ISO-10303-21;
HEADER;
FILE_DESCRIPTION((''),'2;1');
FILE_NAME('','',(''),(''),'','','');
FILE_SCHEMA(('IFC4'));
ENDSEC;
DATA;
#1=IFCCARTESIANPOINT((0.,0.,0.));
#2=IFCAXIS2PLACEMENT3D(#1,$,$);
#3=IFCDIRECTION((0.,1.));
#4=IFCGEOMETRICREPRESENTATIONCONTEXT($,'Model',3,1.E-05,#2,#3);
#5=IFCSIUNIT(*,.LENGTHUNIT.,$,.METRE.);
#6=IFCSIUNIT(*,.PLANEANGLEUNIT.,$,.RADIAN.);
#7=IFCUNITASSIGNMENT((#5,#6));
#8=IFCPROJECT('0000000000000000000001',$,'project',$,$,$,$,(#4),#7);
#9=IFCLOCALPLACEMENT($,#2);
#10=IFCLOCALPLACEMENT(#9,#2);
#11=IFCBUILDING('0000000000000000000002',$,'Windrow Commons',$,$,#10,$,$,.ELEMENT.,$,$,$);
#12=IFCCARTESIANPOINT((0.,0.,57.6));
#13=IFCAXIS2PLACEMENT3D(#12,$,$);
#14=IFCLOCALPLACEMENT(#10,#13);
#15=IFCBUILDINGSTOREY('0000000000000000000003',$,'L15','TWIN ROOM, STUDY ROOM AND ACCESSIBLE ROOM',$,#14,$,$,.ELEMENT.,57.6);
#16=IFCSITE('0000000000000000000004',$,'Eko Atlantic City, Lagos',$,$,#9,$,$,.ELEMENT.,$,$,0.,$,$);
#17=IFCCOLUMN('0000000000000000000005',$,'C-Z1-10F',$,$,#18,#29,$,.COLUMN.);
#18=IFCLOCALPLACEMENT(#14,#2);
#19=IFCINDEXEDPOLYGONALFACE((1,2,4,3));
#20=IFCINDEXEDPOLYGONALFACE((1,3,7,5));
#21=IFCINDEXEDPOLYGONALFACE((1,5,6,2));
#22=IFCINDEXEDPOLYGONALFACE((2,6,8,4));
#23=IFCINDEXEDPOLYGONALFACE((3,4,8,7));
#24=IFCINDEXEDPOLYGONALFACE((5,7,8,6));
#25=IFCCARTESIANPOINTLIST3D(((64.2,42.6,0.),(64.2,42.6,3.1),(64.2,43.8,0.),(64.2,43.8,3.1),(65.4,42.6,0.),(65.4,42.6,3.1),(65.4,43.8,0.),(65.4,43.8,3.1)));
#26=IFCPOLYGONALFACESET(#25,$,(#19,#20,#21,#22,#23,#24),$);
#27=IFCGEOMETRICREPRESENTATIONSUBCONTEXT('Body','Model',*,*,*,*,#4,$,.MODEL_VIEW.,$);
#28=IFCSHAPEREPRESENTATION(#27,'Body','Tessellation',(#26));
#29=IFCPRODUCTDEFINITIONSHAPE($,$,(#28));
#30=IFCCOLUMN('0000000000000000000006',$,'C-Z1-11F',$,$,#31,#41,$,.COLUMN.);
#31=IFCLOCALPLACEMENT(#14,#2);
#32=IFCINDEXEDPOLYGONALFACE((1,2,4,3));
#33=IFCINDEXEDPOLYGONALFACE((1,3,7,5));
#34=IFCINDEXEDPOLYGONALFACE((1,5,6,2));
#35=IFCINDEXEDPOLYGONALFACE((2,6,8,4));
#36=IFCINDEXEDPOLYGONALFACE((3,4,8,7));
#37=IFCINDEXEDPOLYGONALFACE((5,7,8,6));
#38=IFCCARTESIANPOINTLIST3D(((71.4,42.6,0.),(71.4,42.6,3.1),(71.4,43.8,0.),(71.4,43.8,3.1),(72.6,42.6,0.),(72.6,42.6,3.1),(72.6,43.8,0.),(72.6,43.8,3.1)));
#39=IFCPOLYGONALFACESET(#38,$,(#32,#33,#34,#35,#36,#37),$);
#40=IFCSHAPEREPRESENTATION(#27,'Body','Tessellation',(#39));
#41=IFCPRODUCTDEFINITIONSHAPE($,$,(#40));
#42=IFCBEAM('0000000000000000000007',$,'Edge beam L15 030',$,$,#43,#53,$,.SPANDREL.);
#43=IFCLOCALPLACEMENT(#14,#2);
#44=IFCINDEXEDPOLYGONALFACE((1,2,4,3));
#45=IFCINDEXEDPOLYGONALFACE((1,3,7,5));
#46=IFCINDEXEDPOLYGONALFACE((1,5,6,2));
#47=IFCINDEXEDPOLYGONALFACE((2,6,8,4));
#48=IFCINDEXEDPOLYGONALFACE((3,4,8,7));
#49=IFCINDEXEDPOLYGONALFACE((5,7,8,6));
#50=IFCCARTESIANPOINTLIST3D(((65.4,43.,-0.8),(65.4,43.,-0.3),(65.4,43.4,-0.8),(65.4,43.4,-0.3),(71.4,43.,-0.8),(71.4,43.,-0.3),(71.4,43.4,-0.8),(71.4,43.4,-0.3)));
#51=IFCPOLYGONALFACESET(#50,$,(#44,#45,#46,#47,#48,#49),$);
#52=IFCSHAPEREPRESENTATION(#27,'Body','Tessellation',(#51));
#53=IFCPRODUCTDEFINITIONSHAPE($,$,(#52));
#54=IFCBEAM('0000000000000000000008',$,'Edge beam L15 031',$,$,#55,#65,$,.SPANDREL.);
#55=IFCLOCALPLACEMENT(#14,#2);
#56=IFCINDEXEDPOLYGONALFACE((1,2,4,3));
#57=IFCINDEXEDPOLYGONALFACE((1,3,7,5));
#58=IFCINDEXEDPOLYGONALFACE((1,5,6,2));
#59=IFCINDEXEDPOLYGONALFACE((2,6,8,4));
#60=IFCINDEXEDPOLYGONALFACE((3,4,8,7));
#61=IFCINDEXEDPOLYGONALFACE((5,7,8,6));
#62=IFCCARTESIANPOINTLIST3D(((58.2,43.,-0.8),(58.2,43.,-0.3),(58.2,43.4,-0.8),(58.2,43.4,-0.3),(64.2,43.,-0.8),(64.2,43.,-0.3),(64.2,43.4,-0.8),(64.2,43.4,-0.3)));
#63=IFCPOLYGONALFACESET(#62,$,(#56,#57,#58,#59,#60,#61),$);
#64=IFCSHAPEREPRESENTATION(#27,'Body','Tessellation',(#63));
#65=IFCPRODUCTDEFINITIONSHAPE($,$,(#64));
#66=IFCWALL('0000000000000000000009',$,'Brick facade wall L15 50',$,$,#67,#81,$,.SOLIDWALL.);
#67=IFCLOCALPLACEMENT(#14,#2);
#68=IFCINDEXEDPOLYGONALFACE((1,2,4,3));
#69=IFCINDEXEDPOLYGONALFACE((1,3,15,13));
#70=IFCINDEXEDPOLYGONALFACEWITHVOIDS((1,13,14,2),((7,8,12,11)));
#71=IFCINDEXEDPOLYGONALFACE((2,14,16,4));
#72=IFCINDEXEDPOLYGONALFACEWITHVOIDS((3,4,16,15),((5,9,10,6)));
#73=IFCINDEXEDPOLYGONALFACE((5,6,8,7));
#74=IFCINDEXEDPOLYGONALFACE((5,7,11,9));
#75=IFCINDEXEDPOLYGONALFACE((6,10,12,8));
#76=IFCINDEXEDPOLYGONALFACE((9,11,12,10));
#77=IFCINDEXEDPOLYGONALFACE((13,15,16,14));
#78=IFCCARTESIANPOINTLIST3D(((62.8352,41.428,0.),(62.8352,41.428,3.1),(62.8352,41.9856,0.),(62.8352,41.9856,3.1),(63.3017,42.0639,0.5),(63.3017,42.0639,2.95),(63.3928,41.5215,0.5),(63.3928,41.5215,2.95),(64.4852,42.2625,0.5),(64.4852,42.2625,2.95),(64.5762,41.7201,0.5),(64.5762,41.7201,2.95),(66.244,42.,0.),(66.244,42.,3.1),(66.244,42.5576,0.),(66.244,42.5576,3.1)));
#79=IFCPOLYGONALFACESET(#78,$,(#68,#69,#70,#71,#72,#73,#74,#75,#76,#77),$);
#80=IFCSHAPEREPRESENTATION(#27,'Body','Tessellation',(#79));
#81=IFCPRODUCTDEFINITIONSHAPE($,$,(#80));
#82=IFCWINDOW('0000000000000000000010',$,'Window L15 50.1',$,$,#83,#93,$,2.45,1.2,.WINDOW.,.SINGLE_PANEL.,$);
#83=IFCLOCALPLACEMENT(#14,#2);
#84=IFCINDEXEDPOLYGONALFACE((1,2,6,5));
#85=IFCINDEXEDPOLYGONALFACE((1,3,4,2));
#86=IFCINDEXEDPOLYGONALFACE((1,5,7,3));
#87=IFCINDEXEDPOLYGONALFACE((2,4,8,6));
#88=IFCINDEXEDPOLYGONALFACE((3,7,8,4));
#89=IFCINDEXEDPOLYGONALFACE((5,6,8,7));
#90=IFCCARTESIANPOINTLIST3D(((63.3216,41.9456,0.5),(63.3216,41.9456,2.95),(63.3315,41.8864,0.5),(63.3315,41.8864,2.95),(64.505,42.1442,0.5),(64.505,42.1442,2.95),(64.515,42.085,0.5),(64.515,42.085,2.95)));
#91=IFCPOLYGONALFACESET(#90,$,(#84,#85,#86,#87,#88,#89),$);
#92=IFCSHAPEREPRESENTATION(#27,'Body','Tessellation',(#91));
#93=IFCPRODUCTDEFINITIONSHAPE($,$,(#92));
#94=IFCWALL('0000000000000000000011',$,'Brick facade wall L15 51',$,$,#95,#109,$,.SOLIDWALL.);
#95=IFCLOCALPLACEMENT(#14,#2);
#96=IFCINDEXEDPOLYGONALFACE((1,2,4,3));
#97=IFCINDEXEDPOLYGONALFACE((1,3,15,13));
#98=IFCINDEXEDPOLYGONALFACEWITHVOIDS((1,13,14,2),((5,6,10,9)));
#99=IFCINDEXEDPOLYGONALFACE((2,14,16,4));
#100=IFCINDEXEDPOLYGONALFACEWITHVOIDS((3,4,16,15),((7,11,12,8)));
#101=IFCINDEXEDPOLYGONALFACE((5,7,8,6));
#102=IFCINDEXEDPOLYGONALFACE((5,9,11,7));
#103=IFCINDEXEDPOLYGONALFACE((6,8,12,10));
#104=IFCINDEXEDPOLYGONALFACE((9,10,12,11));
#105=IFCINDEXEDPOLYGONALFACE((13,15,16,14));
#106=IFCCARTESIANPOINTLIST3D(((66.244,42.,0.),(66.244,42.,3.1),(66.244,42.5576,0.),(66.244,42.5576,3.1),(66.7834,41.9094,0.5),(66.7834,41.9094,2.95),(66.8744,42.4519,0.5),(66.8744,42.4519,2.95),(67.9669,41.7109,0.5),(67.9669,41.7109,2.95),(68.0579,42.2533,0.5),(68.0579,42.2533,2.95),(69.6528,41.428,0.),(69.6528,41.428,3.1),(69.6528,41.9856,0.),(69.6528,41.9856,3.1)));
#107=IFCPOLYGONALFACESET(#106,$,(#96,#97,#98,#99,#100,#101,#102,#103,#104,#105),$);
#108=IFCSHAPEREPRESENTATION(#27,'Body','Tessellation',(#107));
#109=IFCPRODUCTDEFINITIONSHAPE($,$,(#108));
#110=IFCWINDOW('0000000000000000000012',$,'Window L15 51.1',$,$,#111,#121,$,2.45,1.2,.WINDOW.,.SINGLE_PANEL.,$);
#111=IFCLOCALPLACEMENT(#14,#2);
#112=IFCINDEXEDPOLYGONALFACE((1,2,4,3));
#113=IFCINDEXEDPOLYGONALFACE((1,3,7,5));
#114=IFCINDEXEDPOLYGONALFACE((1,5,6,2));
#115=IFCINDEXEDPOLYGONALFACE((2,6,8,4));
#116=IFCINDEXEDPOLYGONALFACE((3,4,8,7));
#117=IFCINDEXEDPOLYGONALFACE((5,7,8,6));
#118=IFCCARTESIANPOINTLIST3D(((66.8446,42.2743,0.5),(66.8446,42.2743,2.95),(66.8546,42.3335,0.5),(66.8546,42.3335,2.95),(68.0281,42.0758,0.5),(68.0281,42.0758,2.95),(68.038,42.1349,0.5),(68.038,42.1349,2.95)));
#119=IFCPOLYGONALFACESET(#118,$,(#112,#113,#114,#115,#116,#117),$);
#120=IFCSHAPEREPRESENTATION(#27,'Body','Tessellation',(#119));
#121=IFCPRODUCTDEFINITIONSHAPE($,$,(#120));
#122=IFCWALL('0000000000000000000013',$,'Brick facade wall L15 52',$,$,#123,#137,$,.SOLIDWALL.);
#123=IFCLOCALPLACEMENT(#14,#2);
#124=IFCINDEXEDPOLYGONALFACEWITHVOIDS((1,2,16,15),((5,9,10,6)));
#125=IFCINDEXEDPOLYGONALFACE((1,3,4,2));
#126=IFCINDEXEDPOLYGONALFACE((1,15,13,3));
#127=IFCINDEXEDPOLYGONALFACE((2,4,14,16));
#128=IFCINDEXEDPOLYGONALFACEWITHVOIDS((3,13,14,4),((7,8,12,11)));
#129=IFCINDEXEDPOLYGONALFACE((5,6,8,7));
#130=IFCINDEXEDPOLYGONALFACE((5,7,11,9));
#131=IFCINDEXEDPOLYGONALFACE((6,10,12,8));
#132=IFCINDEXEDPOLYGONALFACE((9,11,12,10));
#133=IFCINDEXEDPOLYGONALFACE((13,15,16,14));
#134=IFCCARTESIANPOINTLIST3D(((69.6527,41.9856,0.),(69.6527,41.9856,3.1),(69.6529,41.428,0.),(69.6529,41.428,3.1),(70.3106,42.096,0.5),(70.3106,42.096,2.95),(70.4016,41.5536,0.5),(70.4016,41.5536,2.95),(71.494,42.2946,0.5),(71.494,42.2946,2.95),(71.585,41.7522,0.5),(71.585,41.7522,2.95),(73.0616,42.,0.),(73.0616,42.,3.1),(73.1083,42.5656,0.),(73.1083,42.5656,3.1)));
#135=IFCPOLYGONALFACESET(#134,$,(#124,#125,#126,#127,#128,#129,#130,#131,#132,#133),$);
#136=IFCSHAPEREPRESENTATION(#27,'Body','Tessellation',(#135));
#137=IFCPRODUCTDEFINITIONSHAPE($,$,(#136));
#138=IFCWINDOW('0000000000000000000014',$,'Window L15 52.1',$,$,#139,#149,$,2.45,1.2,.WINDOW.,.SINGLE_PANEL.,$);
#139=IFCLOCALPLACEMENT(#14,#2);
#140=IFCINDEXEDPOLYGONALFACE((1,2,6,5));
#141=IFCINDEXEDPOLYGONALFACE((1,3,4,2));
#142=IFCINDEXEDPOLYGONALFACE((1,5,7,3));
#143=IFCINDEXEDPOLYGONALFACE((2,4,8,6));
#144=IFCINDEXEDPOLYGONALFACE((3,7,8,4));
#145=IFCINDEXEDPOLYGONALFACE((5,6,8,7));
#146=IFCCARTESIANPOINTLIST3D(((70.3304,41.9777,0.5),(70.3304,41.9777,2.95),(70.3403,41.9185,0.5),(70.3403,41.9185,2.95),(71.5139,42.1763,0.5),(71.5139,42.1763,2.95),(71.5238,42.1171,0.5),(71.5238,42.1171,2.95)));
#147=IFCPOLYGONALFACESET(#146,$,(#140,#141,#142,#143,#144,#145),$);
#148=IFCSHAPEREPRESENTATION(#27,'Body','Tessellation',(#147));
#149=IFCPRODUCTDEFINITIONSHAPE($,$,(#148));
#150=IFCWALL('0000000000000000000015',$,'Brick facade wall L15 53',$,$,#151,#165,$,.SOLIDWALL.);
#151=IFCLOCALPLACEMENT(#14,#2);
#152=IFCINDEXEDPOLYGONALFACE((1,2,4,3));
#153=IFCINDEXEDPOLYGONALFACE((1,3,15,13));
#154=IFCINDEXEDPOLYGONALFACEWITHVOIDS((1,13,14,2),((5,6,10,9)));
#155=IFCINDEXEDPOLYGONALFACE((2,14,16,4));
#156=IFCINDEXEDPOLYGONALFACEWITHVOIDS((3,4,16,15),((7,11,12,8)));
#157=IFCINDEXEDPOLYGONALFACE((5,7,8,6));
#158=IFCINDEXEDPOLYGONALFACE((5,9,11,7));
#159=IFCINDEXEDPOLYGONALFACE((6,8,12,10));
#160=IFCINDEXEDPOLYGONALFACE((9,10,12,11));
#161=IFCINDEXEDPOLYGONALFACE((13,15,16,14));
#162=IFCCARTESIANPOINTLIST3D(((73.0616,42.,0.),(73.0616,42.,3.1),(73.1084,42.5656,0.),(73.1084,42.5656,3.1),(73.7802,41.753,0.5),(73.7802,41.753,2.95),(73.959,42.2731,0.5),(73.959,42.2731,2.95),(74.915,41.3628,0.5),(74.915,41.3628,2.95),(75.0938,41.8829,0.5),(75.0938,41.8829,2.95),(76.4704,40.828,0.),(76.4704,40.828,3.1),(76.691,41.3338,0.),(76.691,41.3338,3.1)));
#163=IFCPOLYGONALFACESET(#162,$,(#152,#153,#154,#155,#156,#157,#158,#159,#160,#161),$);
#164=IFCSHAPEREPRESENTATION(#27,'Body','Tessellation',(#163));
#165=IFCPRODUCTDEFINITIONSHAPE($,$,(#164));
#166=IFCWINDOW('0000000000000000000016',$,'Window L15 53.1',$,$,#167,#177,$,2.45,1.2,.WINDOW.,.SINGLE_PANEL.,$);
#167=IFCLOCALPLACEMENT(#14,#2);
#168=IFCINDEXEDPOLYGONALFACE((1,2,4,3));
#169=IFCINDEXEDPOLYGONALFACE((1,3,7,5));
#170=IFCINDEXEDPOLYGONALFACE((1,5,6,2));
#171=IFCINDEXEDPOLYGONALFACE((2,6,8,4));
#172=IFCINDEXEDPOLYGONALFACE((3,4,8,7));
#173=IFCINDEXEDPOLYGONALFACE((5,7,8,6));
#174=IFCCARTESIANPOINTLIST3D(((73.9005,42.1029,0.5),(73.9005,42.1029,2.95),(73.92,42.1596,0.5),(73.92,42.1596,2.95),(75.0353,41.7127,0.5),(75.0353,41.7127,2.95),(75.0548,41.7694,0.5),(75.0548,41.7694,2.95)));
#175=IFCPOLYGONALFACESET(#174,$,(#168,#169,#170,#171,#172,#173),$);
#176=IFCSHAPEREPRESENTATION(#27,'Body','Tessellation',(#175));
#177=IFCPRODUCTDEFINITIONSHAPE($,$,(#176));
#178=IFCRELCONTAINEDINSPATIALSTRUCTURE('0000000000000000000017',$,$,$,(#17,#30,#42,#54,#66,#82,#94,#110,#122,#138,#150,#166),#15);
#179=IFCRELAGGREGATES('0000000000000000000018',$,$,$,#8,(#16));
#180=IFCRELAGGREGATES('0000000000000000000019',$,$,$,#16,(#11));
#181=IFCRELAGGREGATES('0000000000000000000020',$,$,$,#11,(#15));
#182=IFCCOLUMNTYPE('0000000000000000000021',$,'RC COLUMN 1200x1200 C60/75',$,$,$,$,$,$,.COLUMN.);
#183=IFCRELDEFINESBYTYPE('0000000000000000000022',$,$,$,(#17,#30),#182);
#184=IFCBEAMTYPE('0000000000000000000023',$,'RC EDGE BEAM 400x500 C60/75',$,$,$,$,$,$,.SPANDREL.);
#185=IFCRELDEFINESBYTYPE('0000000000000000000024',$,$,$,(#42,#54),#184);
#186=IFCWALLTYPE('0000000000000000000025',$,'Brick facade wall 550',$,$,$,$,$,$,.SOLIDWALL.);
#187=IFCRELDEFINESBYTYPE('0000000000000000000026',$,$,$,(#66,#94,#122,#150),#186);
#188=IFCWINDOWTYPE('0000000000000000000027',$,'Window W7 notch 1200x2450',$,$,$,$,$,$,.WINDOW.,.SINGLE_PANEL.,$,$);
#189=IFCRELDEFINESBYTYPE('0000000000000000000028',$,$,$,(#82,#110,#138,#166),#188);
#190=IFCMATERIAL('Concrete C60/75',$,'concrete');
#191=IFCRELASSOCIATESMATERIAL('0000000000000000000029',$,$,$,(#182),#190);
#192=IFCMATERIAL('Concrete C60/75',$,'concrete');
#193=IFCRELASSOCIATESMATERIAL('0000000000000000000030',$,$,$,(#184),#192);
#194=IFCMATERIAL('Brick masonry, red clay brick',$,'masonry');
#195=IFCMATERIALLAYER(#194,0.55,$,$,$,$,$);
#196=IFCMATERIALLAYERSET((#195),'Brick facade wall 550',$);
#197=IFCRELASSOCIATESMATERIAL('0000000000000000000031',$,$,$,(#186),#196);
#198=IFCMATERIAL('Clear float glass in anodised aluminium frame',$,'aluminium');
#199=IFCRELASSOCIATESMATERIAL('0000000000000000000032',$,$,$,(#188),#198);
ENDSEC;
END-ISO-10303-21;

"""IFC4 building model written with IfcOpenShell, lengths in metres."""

from ifc_helpers import new_model, si_unit, direction, frame, frame_2d, origin, origin_2d, place, context, subcontext, project, spatial, polyline, rectangle, outline, extrude, material, layer, layer_set, material_profile, profile_set, type_object, element, fill, save


model = new_model("IFC4")

# Units and contexts
model_context = context("Model", 3, precision=1e-05, world=origin(), true_north=direction((0.0, 1.0)))
body_context = subcontext(model_context, "Body", "Model", "MODEL_VIEW")
ifc_project = project(units=[si_unit("LENGTHUNIT", "METRE"), si_unit("PLANEANGLEUNIT", "RADIAN")], contexts=[model_context])

# Site, building, storey
site_placement = place(None, origin())
site = spatial("IfcSite", under=ifc_project, at=site_placement, Name="Eko Atlantic City, Lagos", CompositionType="ELEMENT", RefElevation=0.0)
building_placement = place(site_placement, origin())
building = spatial("IfcBuilding", under=site, at=building_placement, Name="Windrow Commons", CompositionType="ELEMENT")
storey_placement = place(building_placement, frame((0.0, 0.0, 57.6)))
storey = spatial("IfcBuildingStorey", under=building, at=storey_placement, Name="L15", Description="TWIN ROOM, STUDY ROOM AND ACCESSIBLE ROOM", CompositionType="ELEMENT", Elevation=57.6)

# Columns
ifc_material_1 = material(Name="Concrete C60/75", Category="concrete")
ifc_material_profile_1 = material_profile(ifc_material_1, rectangle(XDim=1.2, YDim=1.2, at=origin_2d()))
ifc_profile_set_1 = profile_set([ifc_material_profile_1], Name="Concrete C60/75")
column_type = type_object("IfcColumnType", Name="RC COLUMN 1200x1200 C60/75", PredefinedType="COLUMN", material=ifc_profile_set_1)
for number, where, z_axis, x_axis, name in (
    (1, (64.8, 43.2, 0.0), (0.0, 0.0, 1.0), (1.0, 0.0, 0.0), "C-Z1-10F"),
    (2, (72.0, 43.2, 0.0), (0.0, 0.0, 1.0), (1.0, 0.0, 0.0), "C-Z1-11F"),
):
    element("IfcColumn", number, at=place(storey_placement, frame(where, z_axis=z_axis, x_axis=x_axis)), inside=storey, type_object=column_type, Name=name, PredefinedType="COLUMN", context=body_context, shape_type="SweptSolid", body=[
        extrude(rectangle(XDim=1.2, YDim=1.2, at=origin_2d()), origin(), (0.0, 0.0, 1.0), 3.1),
    ])

# Beams
ifc_material_2 = material(Name="Concrete C60/75", Category="concrete")
ifc_material_profile_2 = material_profile(ifc_material_2, rectangle(XDim=0.4, YDim=0.5, at=origin_2d()))
ifc_profile_set_2 = profile_set([ifc_material_profile_2], Name="Concrete C60/75")
beam_type = type_object("IfcBeamType", Name="RC EDGE BEAM 400x500 C60/75", PredefinedType="SPANDREL", material=ifc_profile_set_2)
for number, where, z_axis, x_axis, name in (
    (3, (71.4, 43.2, -0.55), (-1.0, 0.0, 0.0), (0.0, -1.0, 0.0), "Edge beam L15 030"),
    (4, (64.2, 43.2, -0.55), (-1.0, 0.0, 0.0), (0.0, -1.0, 0.0), "Edge beam L15 031"),
):
    element("IfcBeam", number, at=place(storey_placement, frame(where, z_axis=z_axis, x_axis=x_axis)), inside=storey, type_object=beam_type, Name=name, PredefinedType="SPANDREL", context=body_context, shape_type="SweptSolid", body=[
        extrude(rectangle(XDim=0.4, YDim=0.5, at=origin_2d()), origin(), (0.0, 0.0, 1.0), 6.0),
    ])

# Walls, openings, windows
ifc_material_3 = material(Name="Brick masonry, red clay brick", Category="masonry")
ifc_layer_1 = layer(ifc_material_3, 0.55)
ifc_layer_set_1 = layer_set([ifc_layer_1], Name="Brick facade wall 550")
wall_type_1 = type_object("IfcWallType", Name="Brick facade wall 550", PredefinedType="SOLIDWALL", material=ifc_layer_set_1)
wall_1_placement = place(storey_placement, frame((62.8352, 41.7068, 0.0), z_axis=(0.0, 0.0, 1.0), x_axis=(0.986212, 0.165487, 0.0)))
wall_1 = element("IfcWall", 5, at=wall_1_placement, inside=storey, type_object=wall_type_1, Name="Brick facade wall L15 50", PredefinedType="SOLIDWALL", context=body_context, shape_type="SweptSolid", body=[
    extrude(outline(polyline([(-0.0461, -0.275), (3.4103, -0.275), (3.5026, 0.275), (0.0461, 0.275), (-0.0461, -0.275)])), origin(), (0.0, 0.0, 1.0), 3.1),
])
opening_1_placement = place(wall_1_placement, frame((0.5192, 0.0, 0.5)))
opening_1 = element("IfcOpeningElement", 6, at=opening_1_placement, cuts=wall_1, PredefinedType="OPENING", context=body_context, shape_type="SweptSolid", body=[
    extrude(rectangle(XDim=1.2, YDim=2.45, at=frame_2d((0.6, 1.225))), frame((0.0, 0.285, 0.0), z_axis=(0.0, -1.0, 0.0), x_axis=(1.0, 0.0, 0.0)), (0.0, 0.0, 1.0), 0.57),
])
ifc_material_4 = material(Name="Clear float glass in anodised aluminium frame", Category="aluminium")
window_type = type_object("IfcWindowType", Name="Window W7 notch 1200x2450", PartitioningType="SINGLE_PANEL", PredefinedType="WINDOW", material=ifc_material_4)
window_1_placement = place(opening_1_placement, origin())
window_1 = element("IfcWindow", 7, at=window_1_placement, inside=storey, type_object=window_type, Name="Window L15 50.1", OverallHeight=2.45, OverallWidth=1.2, PartitioningType="SINGLE_PANEL", PredefinedType="WINDOW", context=body_context, shape_type="SweptSolid", body=[
    extrude(rectangle(XDim=1.2, YDim=2.45, at=frame_2d((0.6, 1.225))), frame((0.0, 0.155, 0.0), z_axis=(0.0, -1.0, 0.0), x_axis=(1.0, 0.0, 0.0)), (0.0, 0.0, 1.0), 0.06),
])
fill(opening_1, window_1)
wall_2_placement = place(storey_placement, frame((66.244, 42.2788, 0.0), z_axis=(0.0, 0.0, 1.0), x_axis=(0.986212, -0.165487, 0.0)))
wall_2 = element("IfcWall", 8, at=wall_2_placement, inside=storey, type_object=wall_type_1, Name="Brick facade wall L15 51", PredefinedType="SOLIDWALL", context=body_context, shape_type="SweptSolid", body=[
    extrude(outline(polyline([(0.0461, -0.275), (3.5026, -0.275), (3.4103, 0.275), (-0.0461, 0.275), (0.0461, -0.275)])), origin(), (0.0, 0.0, 1.0), 3.1),
])
opening_2_placement = place(wall_2_placement, frame((0.5931, 0.0, 0.5)))
opening_2 = element("IfcOpeningElement", 9, at=opening_2_placement, cuts=wall_2, PredefinedType="OPENING", context=body_context, shape_type="SweptSolid", body=[
    extrude(rectangle(XDim=1.2, YDim=2.45, at=frame_2d((0.6, 1.225))), frame((0.0, 0.285, 0.0), z_axis=(0.0, -1.0, 0.0), x_axis=(1.0, 0.0, 0.0)), (0.0, 0.0, 1.0), 0.57),
])
window_2_placement = place(opening_2_placement, origin())
window_2 = element("IfcWindow", 10, at=window_2_placement, inside=storey, type_object=window_type, Name="Window L15 51.1", OverallHeight=2.45, OverallWidth=1.2, PartitioningType="SINGLE_PANEL", PredefinedType="WINDOW", context=body_context, shape_type="SweptSolid", body=[
    extrude(rectangle(XDim=1.2, YDim=2.45, at=frame_2d((0.6, 1.225))), frame((0.0, 0.155, 0.0), z_axis=(0.0, -1.0, 0.0), x_axis=(1.0, 0.0, 0.0)), (0.0, 0.0, 1.0), 0.06),
])
fill(opening_2, window_2)
wall_3_placement = place(storey_placement, frame((69.6528, 41.7068, 0.0), z_axis=(0.0, 0.0, 1.0), x_axis=(0.986208, 0.165508, 0.0)))
wall_3 = element("IfcWall", 11, at=wall_3_placement, inside=storey, type_object=wall_type_1, Name="Brick facade wall L15 52", PredefinedType="SOLIDWALL", context=body_context, shape_type="SweptSolid", body=[
    extrude(outline(polyline([(-0.0461, -0.275), (3.4103, -0.275), (3.55, 0.275), (0.0461, 0.275), (-0.0461, -0.275)])), origin(), (0.0, 0.0, 1.0), 3.1),
])
opening_3_placement = place(wall_3_placement, frame((0.7131, 0.0, 0.5)))
opening_3 = element("IfcOpeningElement", 12, at=opening_3_placement, cuts=wall_3, PredefinedType="OPENING", context=body_context, shape_type="SweptSolid", body=[
    extrude(rectangle(XDim=1.2, YDim=2.45, at=frame_2d((0.6, 1.225))), frame((0.0, 0.285, 0.0), z_axis=(0.0, -1.0, 0.0), x_axis=(1.0, 0.0, 0.0)), (0.0, 0.0, 1.0), 0.57),
])
window_3_placement = place(opening_3_placement, origin())
window_3 = element("IfcWindow", 13, at=window_3_placement, inside=storey, type_object=window_type, Name="Window L15 52.1", OverallHeight=2.45, OverallWidth=1.2, PartitioningType="SINGLE_PANEL", PredefinedType="WINDOW", context=body_context, shape_type="SweptSolid", body=[
    extrude(rectangle(XDim=1.2, YDim=2.45, at=frame_2d((0.6, 1.225))), frame((0.0, 0.155, 0.0), z_axis=(0.0, -1.0, 0.0), x_axis=(1.0, 0.0, 0.0)), (0.0, 0.0, 1.0), 0.06),
])
fill(opening_3, window_3)
wall_4_placement = place(storey_placement, frame((73.085, 42.2828, 0.0), z_axis=(0.0, 0.0, 1.0), x_axis=(0.945666, -0.325141, 0.0)))
wall_4 = element("IfcWall", 14, at=wall_4_placement, inside=storey, type_object=wall_type_1, Name="Brick facade wall L15 53", PredefinedType="SOLIDWALL", context=body_context, shape_type="SweptSolid", body=[
    extrude(outline(polyline([(0.0698, -0.275), (3.6745, -0.275), (3.7186, 0.275), (-0.0698, 0.275), (0.0698, -0.275)])), origin(), (0.0, 0.0, 1.0), 3.1),
])
opening_4_placement = place(wall_4_placement, frame((0.8297, 0.0, 0.5)))
opening_4 = element("IfcOpeningElement", 15, at=opening_4_placement, cuts=wall_4, PredefinedType="OPENING", context=body_context, shape_type="SweptSolid", body=[
    extrude(rectangle(XDim=1.2, YDim=2.45, at=frame_2d((0.6, 1.225))), frame((0.0, 0.285, 0.0), z_axis=(0.0, -1.0, 0.0), x_axis=(1.0, 0.0, 0.0)), (0.0, 0.0, 1.0), 0.57),
])
window_4_placement = place(opening_4_placement, origin())
window_4 = element("IfcWindow", 16, at=window_4_placement, inside=storey, type_object=window_type, Name="Window L15 53.1", OverallHeight=2.45, OverallWidth=1.2, PartitioningType="SINGLE_PANEL", PredefinedType="WINDOW", context=body_context, shape_type="SweptSolid", body=[
    extrude(rectangle(XDim=1.2, YDim=2.45, at=frame_2d((0.6, 1.225))), frame((0.0, 0.155, 0.0), z_axis=(0.0, -1.0, 0.0), x_axis=(1.0, 0.0, 0.0)), (0.0, 0.0, 1.0), 0.06),
])
fill(opening_4, window_4)

save(model, "model.ifc")
